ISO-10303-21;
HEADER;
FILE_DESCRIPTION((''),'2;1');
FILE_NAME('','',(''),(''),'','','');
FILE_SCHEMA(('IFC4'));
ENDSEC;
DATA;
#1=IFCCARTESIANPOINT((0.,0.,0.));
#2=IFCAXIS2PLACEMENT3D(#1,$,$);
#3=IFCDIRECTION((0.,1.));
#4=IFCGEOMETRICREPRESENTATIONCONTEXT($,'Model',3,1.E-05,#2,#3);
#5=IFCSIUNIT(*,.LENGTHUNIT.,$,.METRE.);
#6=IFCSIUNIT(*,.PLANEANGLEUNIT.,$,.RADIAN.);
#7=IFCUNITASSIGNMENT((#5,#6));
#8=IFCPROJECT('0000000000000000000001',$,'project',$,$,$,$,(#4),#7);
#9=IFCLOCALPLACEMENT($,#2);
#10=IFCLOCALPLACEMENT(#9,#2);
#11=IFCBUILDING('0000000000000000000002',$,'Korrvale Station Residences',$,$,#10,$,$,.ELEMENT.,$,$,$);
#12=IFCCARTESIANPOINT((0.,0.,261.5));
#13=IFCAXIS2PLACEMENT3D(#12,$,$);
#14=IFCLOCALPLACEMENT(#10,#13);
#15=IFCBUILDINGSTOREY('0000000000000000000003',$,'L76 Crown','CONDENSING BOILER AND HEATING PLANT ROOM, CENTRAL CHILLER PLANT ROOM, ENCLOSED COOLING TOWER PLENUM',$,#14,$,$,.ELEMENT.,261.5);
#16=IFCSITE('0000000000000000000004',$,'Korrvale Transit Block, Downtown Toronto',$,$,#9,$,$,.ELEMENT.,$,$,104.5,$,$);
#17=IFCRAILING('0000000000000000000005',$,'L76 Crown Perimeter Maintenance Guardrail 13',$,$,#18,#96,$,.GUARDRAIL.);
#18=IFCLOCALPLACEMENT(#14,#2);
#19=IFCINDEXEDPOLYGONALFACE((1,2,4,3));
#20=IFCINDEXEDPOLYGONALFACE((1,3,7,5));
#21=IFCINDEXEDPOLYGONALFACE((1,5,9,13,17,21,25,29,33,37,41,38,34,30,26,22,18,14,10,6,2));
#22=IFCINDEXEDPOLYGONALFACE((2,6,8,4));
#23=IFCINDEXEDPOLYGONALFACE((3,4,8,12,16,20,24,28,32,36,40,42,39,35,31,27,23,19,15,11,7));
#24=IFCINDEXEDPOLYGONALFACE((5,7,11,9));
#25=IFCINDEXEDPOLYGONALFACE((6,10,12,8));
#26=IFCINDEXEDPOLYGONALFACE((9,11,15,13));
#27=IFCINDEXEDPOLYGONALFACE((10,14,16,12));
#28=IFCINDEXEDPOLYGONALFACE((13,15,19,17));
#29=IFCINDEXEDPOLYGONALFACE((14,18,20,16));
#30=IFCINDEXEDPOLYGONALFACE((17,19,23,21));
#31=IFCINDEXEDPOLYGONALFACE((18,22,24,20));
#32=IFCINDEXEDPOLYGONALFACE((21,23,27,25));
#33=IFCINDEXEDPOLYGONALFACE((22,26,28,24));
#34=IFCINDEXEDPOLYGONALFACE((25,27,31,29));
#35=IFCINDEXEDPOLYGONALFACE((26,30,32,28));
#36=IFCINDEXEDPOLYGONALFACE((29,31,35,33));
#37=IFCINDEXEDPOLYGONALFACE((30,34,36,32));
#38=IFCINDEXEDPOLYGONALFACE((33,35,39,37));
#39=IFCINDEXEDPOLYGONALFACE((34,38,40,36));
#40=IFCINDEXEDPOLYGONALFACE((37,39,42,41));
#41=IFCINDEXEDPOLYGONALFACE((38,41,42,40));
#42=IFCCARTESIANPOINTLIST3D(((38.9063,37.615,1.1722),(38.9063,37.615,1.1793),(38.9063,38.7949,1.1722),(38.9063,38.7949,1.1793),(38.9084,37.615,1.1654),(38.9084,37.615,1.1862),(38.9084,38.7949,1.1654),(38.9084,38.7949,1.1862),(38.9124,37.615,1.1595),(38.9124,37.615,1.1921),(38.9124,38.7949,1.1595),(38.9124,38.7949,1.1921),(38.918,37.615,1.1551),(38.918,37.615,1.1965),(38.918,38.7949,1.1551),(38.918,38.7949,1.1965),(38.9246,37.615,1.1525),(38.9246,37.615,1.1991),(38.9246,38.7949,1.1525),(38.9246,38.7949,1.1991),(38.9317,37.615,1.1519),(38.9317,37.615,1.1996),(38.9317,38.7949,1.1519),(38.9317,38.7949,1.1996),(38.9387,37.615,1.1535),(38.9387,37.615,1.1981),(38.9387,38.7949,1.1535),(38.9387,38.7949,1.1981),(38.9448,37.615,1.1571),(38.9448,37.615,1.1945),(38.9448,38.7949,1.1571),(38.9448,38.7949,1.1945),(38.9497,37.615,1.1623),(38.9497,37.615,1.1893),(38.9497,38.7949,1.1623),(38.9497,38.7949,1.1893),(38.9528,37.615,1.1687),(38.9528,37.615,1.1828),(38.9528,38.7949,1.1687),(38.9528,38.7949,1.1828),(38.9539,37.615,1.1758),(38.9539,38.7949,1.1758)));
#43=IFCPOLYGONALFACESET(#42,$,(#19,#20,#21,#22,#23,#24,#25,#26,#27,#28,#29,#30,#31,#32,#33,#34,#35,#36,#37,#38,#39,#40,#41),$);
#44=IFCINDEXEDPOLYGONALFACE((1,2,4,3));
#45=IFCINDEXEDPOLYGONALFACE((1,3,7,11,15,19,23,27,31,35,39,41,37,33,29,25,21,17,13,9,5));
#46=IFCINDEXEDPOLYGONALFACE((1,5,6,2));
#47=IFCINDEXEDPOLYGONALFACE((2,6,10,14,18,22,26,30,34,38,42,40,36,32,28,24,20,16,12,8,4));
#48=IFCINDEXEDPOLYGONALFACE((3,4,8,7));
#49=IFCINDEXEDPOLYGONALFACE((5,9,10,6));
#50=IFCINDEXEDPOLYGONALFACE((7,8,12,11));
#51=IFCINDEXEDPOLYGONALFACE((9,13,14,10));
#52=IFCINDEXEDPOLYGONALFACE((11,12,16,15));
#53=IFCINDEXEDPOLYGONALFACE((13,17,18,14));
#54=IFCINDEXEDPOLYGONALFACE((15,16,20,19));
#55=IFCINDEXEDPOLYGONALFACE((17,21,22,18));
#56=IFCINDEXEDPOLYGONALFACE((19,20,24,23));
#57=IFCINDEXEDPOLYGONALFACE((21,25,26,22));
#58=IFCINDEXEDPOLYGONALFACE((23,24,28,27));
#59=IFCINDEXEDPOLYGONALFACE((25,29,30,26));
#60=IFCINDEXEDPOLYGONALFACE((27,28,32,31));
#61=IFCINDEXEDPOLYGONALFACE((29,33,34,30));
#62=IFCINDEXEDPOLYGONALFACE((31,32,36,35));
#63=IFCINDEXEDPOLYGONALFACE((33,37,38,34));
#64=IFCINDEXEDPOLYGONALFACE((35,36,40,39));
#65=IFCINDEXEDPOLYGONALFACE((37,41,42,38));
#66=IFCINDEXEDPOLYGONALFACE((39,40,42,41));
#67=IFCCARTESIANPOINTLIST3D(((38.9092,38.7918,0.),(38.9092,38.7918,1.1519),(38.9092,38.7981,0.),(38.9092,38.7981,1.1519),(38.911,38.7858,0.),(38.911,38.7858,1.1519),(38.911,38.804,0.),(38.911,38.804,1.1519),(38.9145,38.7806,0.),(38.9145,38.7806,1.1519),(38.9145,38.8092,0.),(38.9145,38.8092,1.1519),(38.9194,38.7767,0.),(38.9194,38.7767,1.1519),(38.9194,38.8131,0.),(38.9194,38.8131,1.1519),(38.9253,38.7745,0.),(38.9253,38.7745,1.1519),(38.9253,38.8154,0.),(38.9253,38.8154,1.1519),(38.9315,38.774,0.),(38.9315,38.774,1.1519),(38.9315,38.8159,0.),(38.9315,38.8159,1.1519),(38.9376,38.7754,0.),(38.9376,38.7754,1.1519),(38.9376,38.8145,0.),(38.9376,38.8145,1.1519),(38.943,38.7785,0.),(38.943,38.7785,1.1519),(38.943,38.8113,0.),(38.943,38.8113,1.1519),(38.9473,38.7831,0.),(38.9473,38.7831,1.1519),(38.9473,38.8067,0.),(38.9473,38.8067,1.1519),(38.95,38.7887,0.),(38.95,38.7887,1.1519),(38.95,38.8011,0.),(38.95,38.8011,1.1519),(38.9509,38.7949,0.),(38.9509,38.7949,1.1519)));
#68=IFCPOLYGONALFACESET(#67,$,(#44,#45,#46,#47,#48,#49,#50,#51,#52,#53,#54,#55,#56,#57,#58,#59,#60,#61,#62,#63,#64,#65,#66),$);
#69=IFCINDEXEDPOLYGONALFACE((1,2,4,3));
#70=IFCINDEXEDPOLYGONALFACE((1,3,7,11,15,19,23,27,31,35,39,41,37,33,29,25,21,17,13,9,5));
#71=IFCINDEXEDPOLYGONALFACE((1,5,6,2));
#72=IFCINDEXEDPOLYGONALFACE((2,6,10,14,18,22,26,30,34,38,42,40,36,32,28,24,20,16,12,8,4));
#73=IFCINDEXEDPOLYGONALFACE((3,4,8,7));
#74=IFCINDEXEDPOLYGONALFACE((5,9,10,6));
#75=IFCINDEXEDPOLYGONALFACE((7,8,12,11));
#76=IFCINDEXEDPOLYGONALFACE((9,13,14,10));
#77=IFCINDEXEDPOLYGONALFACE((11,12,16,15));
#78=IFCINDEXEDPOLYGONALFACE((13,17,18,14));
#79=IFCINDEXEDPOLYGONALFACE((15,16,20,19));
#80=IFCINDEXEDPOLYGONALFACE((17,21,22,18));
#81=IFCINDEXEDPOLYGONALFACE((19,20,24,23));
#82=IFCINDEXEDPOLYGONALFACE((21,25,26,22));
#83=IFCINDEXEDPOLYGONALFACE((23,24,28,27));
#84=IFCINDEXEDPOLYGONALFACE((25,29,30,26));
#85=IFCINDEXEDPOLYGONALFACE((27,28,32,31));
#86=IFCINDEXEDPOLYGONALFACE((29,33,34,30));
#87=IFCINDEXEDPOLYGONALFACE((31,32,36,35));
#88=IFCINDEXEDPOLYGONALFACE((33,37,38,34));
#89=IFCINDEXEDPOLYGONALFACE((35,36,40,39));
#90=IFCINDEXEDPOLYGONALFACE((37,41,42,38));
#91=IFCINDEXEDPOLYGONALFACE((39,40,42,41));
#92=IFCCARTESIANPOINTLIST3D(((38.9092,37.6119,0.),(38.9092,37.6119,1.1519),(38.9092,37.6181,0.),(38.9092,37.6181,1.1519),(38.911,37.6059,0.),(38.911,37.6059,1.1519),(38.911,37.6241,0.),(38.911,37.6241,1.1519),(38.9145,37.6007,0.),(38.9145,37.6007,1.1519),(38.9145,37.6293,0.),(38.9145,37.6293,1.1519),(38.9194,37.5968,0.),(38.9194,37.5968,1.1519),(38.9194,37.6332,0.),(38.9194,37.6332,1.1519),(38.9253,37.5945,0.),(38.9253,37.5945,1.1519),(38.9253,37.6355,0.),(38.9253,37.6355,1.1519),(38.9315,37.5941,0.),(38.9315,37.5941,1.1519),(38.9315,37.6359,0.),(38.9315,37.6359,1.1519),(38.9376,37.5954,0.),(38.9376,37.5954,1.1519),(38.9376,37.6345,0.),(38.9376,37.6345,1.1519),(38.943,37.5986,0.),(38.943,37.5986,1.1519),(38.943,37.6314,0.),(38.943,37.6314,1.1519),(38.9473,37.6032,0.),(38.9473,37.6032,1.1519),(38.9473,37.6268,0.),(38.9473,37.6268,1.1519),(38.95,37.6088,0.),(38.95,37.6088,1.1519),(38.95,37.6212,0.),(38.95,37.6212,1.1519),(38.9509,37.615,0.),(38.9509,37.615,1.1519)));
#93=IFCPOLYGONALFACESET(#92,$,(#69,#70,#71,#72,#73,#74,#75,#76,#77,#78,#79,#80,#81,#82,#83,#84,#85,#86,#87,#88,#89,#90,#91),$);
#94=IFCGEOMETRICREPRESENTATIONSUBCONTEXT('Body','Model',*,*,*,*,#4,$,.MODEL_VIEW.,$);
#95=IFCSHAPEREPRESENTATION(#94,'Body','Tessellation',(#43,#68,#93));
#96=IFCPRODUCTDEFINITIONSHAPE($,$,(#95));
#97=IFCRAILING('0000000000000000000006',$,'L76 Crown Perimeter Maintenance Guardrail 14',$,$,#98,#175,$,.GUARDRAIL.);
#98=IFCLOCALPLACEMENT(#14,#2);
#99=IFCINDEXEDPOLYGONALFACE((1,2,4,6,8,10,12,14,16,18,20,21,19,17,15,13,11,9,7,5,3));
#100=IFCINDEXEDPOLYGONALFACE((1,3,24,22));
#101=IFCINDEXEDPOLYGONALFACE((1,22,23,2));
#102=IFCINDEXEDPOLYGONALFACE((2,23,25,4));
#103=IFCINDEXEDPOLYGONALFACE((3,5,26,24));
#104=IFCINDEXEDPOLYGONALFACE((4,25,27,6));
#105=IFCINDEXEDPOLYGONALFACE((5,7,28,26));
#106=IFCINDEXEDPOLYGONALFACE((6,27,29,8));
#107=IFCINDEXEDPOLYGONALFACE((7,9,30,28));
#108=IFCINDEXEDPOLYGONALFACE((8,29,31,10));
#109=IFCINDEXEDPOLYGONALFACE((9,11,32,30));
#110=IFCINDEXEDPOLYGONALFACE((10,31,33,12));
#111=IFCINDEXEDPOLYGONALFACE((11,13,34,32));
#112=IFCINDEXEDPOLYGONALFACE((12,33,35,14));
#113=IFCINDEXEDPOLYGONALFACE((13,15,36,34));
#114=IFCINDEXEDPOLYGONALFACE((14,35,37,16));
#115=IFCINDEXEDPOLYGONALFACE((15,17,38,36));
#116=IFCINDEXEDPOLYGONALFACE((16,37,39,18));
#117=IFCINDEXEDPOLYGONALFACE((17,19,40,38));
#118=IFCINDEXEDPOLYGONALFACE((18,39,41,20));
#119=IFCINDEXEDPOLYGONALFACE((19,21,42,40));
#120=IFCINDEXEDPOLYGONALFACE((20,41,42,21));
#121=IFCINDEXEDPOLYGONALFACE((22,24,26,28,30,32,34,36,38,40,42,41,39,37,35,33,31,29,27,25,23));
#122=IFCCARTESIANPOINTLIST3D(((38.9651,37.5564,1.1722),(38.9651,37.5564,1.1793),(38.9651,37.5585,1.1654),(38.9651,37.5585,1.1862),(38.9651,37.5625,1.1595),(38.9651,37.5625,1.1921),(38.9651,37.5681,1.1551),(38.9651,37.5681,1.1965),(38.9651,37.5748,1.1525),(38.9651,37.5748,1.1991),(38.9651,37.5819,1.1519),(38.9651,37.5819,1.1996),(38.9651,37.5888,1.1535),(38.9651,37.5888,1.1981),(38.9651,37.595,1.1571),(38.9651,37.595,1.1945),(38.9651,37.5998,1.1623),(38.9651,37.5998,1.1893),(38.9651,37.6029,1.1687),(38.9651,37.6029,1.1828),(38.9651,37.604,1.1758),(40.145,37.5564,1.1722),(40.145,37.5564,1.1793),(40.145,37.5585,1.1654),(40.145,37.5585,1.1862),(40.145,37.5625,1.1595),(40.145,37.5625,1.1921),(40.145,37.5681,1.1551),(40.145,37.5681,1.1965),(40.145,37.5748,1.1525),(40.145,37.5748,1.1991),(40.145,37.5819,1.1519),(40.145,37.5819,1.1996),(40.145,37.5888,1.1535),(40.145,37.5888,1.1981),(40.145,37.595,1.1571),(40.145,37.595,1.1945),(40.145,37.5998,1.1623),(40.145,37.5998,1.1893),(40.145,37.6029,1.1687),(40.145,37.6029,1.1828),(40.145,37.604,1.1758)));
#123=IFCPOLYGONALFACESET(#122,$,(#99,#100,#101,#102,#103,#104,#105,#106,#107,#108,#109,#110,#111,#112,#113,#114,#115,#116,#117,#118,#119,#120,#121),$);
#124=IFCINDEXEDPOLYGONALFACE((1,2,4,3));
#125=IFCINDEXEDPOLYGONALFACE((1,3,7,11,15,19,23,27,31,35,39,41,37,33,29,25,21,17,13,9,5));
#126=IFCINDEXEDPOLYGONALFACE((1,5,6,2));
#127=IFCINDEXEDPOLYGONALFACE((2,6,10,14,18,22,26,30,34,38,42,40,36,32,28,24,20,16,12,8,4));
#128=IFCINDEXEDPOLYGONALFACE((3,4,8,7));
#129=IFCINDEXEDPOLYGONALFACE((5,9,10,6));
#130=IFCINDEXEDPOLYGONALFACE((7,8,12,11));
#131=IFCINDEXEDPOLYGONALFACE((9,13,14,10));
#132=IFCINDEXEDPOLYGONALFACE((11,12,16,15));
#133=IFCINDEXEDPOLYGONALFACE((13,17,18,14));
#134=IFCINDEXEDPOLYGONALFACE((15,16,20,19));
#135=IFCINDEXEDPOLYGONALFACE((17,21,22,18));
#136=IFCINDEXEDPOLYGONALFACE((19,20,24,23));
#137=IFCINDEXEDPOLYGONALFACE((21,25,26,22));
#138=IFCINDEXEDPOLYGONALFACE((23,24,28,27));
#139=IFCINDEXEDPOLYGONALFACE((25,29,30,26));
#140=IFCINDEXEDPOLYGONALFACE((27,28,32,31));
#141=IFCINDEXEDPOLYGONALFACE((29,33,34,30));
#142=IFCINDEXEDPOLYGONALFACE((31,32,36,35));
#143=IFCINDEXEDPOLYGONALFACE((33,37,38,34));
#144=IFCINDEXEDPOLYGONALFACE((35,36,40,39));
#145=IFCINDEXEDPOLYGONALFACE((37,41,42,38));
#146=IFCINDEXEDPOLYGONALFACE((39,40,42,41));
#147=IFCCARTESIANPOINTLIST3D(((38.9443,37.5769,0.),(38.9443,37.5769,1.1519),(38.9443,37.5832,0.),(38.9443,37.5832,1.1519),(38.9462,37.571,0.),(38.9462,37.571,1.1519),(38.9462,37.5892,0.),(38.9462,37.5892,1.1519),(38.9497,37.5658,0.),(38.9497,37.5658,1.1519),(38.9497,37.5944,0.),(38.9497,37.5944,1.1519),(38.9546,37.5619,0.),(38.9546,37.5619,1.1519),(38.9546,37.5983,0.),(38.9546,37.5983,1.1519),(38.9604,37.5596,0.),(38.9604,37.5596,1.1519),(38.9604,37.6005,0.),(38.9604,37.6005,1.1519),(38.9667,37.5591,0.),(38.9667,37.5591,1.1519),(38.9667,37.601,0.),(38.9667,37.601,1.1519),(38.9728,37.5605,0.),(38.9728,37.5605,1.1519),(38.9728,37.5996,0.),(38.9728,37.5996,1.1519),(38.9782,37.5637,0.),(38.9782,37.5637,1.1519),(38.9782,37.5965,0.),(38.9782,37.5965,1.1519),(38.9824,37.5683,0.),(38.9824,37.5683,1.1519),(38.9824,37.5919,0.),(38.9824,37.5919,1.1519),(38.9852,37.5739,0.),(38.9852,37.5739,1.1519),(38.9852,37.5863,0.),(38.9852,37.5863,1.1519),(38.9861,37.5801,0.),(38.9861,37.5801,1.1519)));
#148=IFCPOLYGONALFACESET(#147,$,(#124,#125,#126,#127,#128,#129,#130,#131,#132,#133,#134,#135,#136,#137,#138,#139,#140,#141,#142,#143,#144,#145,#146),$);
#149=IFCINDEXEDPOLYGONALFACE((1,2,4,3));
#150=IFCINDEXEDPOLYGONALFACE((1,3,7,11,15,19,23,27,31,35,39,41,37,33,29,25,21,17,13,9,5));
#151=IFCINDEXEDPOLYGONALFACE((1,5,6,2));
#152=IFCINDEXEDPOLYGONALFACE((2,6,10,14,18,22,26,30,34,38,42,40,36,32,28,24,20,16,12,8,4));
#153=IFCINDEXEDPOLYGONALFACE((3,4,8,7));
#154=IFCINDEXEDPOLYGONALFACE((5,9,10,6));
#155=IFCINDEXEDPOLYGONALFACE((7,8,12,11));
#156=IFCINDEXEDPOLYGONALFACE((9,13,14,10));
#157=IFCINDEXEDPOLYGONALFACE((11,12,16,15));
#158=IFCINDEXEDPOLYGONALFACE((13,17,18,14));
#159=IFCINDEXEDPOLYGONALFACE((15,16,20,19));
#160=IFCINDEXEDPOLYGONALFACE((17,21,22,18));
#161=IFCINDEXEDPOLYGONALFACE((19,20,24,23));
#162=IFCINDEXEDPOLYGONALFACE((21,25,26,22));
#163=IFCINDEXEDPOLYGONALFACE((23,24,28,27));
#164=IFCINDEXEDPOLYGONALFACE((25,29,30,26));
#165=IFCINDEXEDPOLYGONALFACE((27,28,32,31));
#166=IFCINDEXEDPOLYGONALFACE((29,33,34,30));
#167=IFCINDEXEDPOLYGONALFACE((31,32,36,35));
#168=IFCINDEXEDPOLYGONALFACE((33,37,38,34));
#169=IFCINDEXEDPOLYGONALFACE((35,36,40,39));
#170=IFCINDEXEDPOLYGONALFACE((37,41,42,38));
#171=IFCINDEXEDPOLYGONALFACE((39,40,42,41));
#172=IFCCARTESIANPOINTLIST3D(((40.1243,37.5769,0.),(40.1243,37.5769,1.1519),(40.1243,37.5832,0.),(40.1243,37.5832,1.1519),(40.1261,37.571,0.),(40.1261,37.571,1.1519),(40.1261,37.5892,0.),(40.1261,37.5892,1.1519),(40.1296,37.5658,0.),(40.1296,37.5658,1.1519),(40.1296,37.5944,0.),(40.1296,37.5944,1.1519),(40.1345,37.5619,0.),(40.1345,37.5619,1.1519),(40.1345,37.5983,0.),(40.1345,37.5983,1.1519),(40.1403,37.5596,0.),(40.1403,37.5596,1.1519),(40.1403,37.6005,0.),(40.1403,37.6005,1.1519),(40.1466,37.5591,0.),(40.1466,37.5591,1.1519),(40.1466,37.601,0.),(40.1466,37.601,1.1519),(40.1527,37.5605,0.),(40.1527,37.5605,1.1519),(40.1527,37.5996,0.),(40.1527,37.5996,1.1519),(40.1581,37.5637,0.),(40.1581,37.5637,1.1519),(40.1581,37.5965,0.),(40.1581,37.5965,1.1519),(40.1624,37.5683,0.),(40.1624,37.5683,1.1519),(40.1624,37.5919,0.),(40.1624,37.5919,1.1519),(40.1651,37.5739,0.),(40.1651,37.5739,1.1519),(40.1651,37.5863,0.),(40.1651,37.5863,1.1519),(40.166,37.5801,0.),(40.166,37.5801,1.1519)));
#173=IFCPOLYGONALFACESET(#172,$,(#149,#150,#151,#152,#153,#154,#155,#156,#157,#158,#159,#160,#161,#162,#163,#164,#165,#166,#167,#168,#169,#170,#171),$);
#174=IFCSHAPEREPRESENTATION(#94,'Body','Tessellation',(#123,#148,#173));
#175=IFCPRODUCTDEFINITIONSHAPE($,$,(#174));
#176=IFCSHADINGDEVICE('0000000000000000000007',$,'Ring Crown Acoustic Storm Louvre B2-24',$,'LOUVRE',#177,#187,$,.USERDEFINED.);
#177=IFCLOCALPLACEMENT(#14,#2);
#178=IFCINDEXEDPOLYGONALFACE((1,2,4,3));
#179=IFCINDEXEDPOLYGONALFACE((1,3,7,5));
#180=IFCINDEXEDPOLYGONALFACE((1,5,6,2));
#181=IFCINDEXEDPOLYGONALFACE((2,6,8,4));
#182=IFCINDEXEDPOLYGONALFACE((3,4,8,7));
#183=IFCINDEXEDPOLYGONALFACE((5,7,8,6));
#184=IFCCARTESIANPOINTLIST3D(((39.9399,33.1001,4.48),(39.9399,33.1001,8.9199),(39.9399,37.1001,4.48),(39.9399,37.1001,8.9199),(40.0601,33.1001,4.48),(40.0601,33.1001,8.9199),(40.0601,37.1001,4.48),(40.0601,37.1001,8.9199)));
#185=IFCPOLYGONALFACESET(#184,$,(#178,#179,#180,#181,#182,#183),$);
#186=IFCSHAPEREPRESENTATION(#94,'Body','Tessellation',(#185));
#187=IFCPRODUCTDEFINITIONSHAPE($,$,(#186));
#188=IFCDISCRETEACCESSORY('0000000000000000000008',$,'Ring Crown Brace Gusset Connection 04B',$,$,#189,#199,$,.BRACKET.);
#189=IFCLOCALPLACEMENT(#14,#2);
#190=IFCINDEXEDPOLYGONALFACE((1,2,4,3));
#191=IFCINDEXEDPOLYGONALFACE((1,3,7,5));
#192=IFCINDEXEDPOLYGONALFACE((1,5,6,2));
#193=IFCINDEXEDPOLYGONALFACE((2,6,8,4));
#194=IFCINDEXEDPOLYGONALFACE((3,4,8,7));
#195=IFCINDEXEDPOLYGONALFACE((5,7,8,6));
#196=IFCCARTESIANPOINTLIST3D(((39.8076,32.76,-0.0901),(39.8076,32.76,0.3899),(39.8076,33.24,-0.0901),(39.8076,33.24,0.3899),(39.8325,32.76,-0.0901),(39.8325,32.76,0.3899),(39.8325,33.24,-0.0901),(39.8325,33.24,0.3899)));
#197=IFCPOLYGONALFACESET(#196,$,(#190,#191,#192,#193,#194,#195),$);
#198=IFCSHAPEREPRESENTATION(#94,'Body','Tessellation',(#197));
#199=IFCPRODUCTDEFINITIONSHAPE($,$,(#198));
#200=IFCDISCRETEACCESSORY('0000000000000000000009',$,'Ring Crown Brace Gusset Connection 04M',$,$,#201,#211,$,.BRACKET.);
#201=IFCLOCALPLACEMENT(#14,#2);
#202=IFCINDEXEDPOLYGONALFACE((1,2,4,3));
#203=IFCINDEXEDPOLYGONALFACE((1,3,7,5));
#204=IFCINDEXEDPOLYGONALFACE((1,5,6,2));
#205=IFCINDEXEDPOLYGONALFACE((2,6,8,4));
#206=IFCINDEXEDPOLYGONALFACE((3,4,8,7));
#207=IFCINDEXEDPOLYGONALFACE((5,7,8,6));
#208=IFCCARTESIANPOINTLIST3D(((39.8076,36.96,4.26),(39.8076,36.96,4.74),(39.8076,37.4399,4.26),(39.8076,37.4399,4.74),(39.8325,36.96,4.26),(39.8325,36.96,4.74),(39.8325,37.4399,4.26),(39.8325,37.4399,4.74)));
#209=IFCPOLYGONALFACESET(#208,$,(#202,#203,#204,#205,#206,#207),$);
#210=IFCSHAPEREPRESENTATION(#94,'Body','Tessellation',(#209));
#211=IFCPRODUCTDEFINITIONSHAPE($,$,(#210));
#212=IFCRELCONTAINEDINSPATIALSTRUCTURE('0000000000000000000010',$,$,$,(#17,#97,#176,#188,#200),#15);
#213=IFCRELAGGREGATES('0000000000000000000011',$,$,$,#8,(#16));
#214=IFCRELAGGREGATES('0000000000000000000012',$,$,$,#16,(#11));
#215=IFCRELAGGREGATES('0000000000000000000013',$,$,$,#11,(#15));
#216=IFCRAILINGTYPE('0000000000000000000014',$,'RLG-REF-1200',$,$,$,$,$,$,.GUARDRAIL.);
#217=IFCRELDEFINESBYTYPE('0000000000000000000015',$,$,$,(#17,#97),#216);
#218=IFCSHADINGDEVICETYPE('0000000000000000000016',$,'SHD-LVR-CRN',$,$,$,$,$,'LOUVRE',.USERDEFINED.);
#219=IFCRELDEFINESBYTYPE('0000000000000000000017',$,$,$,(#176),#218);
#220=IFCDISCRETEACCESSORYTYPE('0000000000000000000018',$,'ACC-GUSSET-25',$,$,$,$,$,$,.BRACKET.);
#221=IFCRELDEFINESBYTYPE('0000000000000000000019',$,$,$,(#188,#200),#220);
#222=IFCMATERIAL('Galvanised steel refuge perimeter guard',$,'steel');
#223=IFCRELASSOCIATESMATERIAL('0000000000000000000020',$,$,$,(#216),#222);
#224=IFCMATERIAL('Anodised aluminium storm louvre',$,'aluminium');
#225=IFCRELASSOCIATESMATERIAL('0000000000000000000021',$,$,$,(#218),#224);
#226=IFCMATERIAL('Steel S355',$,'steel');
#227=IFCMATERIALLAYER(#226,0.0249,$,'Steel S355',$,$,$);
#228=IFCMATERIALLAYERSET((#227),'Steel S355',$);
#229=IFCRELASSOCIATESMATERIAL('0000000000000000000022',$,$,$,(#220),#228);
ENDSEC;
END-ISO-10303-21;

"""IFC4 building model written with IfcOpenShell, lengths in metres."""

from ifc_helpers import new_model, si_unit, direction, frame, origin, origin_2d, place, context, subcontext, project, spatial, rectangle, circle, extrude, material, layer, layer_set, type_object, element, save


model = new_model("IFC4")

# Units and contexts
model_context = context("Model", 3, precision=1e-05, world=origin(), true_north=direction((0.0, 1.0)))
body_context = subcontext(model_context, "Body", "Model", "MODEL_VIEW")
ifc_project = project(units=[si_unit("LENGTHUNIT", "METRE"), si_unit("PLANEANGLEUNIT", "RADIAN")], contexts=[model_context])

# Site, building, storey
site_placement = place(None, origin())
site = spatial("IfcSite", under=ifc_project, at=site_placement, Name="Korrvale Transit Block, Downtown Toronto", CompositionType="ELEMENT", RefElevation=104.5)
building_placement = place(site_placement, origin())
building = spatial("IfcBuilding", under=site, at=building_placement, Name="Korrvale Station Residences", CompositionType="ELEMENT")
storey_placement = place(building_placement, frame((0.0, 0.0, 261.5)))
storey = spatial("IfcBuildingStorey", under=building, at=storey_placement, Name="L76 Crown", Description="CONDENSING BOILER AND HEATING PLANT ROOM, CENTRAL CHILLER PLANT ROOM, ENCLOSED COOLING TOWER PLENUM", CompositionType="ELEMENT", Elevation=261.5)

# Shared definitions
ifc_material_1 = material(Name="Steel S355", Category="steel")

# Railings
ifc_material_2 = material(Name="Galvanised steel refuge perimeter guard", Category="steel")
railing_type = type_object("IfcRailingType", Name="RLG-REF-1200", PredefinedType="GUARDRAIL", material=ifc_material_2)
railing_1_placement = place(storey_placement, frame((38.9299, 38.7949, 0.0)))
element("IfcRailing", 1, at=railing_1_placement, inside=storey, type_object=railing_type, Name="L76 Crown Perimeter Maintenance Guardrail 13", PredefinedType="GUARDRAIL", context=body_context, shape_type="SweptSolid", body=[
    extrude(circle(Radius=0.0239, at=origin_2d()), frame((0.0, 0.0, 1.1758), z_axis=(0.0, -1.0, 0.0), x_axis=(1.0, 0.0, 0.0)), (0.0, 0.0, 1.0), 1.1799),
    extrude(circle(Radius=0.021, at=origin_2d()), origin(), (0.0, 0.0, 1.0), 1.1519),
    extrude(circle(Radius=0.021, at=origin_2d()), frame((0.0, -1.1799, 0.0)), (0.0, 0.0, 1.0), 1.1519),
])
railing_2_placement = place(storey_placement, frame((38.9651, 37.5801, 0.0)))
element("IfcRailing", 2, at=railing_2_placement, inside=storey, type_object=railing_type, Name="L76 Crown Perimeter Maintenance Guardrail 14", PredefinedType="GUARDRAIL", context=body_context, shape_type="SweptSolid", body=[
    extrude(circle(Radius=0.0239, at=origin_2d()), frame((0.0, 0.0, 1.1758), z_axis=(1.0, 0.0, 0.0), x_axis=(0.0, 1.0, 0.0)), (0.0, 0.0, 1.0), 1.1799),
    extrude(circle(Radius=0.021, at=origin_2d()), origin(), (0.0, 0.0, 1.0), 1.1519),
    extrude(circle(Radius=0.021, at=origin_2d()), frame((1.1799, 0.0, 0.0)), (0.0, 0.0, 1.0), 1.1519),
])

# Shading device
ifc_material_3 = material(Name="Anodised aluminium storm louvre", Category="aluminium")
shading_device_type = type_object("IfcShadingDeviceType", Name="SHD-LVR-CRN", ElementType="LOUVRE", PredefinedType="USERDEFINED", material=ifc_material_3)
shading_device_placement = place(storey_placement, frame((40.0, 35.1001, 4.48), z_axis=(0.0, 0.0, 1.0), x_axis=(0.0, 1.0, 0.0)))
element("IfcShadingDevice", 3, at=shading_device_placement, inside=storey, type_object=shading_device_type, Name="Ring Crown Acoustic Storm Louvre B2-24", ObjectType="LOUVRE", PredefinedType="USERDEFINED", context=body_context, shape_type="SweptSolid", body=[
    extrude(rectangle(XDim=4.0, YDim=0.1201, at=origin_2d()), origin(), (0.0, 0.0, 1.0), 4.4399),
])

# Discrete accessories
ifc_layer_1 = layer(ifc_material_1, 0.0249, Name="Steel S355")
ifc_layer_set_1 = layer_set([ifc_layer_1], Name="Steel S355")
discrete_accessory_type = type_object("IfcDiscreteAccessoryType", Name="ACC-GUSSET-25", PredefinedType="BRACKET", material=ifc_layer_set_1)
for number, where, z_axis, x_axis, name in (
    (4, (39.8201, 33.0, -0.0901), (0.0, 0.0, 1.0), (0.0, 1.0, 0.0), "Ring Crown Brace Gusset Connection 04B"),
    (5, (39.8201, 37.2, 4.26), (0.0, 0.0, 1.0), (0.0, 1.0, 0.0), "Ring Crown Brace Gusset Connection 04M"),
):
    element("IfcDiscreteAccessory", number, at=place(storey_placement, frame(where, z_axis=z_axis, x_axis=x_axis)), inside=storey, type_object=discrete_accessory_type, Name=name, PredefinedType="BRACKET", context=body_context, shape_type="SweptSolid", body=[
        extrude(rectangle(XDim=0.48, YDim=0.0249, at=origin_2d()), origin(), (0.0, 0.0, 1.0), 0.48),
    ])

save(model, "model.ifc")
